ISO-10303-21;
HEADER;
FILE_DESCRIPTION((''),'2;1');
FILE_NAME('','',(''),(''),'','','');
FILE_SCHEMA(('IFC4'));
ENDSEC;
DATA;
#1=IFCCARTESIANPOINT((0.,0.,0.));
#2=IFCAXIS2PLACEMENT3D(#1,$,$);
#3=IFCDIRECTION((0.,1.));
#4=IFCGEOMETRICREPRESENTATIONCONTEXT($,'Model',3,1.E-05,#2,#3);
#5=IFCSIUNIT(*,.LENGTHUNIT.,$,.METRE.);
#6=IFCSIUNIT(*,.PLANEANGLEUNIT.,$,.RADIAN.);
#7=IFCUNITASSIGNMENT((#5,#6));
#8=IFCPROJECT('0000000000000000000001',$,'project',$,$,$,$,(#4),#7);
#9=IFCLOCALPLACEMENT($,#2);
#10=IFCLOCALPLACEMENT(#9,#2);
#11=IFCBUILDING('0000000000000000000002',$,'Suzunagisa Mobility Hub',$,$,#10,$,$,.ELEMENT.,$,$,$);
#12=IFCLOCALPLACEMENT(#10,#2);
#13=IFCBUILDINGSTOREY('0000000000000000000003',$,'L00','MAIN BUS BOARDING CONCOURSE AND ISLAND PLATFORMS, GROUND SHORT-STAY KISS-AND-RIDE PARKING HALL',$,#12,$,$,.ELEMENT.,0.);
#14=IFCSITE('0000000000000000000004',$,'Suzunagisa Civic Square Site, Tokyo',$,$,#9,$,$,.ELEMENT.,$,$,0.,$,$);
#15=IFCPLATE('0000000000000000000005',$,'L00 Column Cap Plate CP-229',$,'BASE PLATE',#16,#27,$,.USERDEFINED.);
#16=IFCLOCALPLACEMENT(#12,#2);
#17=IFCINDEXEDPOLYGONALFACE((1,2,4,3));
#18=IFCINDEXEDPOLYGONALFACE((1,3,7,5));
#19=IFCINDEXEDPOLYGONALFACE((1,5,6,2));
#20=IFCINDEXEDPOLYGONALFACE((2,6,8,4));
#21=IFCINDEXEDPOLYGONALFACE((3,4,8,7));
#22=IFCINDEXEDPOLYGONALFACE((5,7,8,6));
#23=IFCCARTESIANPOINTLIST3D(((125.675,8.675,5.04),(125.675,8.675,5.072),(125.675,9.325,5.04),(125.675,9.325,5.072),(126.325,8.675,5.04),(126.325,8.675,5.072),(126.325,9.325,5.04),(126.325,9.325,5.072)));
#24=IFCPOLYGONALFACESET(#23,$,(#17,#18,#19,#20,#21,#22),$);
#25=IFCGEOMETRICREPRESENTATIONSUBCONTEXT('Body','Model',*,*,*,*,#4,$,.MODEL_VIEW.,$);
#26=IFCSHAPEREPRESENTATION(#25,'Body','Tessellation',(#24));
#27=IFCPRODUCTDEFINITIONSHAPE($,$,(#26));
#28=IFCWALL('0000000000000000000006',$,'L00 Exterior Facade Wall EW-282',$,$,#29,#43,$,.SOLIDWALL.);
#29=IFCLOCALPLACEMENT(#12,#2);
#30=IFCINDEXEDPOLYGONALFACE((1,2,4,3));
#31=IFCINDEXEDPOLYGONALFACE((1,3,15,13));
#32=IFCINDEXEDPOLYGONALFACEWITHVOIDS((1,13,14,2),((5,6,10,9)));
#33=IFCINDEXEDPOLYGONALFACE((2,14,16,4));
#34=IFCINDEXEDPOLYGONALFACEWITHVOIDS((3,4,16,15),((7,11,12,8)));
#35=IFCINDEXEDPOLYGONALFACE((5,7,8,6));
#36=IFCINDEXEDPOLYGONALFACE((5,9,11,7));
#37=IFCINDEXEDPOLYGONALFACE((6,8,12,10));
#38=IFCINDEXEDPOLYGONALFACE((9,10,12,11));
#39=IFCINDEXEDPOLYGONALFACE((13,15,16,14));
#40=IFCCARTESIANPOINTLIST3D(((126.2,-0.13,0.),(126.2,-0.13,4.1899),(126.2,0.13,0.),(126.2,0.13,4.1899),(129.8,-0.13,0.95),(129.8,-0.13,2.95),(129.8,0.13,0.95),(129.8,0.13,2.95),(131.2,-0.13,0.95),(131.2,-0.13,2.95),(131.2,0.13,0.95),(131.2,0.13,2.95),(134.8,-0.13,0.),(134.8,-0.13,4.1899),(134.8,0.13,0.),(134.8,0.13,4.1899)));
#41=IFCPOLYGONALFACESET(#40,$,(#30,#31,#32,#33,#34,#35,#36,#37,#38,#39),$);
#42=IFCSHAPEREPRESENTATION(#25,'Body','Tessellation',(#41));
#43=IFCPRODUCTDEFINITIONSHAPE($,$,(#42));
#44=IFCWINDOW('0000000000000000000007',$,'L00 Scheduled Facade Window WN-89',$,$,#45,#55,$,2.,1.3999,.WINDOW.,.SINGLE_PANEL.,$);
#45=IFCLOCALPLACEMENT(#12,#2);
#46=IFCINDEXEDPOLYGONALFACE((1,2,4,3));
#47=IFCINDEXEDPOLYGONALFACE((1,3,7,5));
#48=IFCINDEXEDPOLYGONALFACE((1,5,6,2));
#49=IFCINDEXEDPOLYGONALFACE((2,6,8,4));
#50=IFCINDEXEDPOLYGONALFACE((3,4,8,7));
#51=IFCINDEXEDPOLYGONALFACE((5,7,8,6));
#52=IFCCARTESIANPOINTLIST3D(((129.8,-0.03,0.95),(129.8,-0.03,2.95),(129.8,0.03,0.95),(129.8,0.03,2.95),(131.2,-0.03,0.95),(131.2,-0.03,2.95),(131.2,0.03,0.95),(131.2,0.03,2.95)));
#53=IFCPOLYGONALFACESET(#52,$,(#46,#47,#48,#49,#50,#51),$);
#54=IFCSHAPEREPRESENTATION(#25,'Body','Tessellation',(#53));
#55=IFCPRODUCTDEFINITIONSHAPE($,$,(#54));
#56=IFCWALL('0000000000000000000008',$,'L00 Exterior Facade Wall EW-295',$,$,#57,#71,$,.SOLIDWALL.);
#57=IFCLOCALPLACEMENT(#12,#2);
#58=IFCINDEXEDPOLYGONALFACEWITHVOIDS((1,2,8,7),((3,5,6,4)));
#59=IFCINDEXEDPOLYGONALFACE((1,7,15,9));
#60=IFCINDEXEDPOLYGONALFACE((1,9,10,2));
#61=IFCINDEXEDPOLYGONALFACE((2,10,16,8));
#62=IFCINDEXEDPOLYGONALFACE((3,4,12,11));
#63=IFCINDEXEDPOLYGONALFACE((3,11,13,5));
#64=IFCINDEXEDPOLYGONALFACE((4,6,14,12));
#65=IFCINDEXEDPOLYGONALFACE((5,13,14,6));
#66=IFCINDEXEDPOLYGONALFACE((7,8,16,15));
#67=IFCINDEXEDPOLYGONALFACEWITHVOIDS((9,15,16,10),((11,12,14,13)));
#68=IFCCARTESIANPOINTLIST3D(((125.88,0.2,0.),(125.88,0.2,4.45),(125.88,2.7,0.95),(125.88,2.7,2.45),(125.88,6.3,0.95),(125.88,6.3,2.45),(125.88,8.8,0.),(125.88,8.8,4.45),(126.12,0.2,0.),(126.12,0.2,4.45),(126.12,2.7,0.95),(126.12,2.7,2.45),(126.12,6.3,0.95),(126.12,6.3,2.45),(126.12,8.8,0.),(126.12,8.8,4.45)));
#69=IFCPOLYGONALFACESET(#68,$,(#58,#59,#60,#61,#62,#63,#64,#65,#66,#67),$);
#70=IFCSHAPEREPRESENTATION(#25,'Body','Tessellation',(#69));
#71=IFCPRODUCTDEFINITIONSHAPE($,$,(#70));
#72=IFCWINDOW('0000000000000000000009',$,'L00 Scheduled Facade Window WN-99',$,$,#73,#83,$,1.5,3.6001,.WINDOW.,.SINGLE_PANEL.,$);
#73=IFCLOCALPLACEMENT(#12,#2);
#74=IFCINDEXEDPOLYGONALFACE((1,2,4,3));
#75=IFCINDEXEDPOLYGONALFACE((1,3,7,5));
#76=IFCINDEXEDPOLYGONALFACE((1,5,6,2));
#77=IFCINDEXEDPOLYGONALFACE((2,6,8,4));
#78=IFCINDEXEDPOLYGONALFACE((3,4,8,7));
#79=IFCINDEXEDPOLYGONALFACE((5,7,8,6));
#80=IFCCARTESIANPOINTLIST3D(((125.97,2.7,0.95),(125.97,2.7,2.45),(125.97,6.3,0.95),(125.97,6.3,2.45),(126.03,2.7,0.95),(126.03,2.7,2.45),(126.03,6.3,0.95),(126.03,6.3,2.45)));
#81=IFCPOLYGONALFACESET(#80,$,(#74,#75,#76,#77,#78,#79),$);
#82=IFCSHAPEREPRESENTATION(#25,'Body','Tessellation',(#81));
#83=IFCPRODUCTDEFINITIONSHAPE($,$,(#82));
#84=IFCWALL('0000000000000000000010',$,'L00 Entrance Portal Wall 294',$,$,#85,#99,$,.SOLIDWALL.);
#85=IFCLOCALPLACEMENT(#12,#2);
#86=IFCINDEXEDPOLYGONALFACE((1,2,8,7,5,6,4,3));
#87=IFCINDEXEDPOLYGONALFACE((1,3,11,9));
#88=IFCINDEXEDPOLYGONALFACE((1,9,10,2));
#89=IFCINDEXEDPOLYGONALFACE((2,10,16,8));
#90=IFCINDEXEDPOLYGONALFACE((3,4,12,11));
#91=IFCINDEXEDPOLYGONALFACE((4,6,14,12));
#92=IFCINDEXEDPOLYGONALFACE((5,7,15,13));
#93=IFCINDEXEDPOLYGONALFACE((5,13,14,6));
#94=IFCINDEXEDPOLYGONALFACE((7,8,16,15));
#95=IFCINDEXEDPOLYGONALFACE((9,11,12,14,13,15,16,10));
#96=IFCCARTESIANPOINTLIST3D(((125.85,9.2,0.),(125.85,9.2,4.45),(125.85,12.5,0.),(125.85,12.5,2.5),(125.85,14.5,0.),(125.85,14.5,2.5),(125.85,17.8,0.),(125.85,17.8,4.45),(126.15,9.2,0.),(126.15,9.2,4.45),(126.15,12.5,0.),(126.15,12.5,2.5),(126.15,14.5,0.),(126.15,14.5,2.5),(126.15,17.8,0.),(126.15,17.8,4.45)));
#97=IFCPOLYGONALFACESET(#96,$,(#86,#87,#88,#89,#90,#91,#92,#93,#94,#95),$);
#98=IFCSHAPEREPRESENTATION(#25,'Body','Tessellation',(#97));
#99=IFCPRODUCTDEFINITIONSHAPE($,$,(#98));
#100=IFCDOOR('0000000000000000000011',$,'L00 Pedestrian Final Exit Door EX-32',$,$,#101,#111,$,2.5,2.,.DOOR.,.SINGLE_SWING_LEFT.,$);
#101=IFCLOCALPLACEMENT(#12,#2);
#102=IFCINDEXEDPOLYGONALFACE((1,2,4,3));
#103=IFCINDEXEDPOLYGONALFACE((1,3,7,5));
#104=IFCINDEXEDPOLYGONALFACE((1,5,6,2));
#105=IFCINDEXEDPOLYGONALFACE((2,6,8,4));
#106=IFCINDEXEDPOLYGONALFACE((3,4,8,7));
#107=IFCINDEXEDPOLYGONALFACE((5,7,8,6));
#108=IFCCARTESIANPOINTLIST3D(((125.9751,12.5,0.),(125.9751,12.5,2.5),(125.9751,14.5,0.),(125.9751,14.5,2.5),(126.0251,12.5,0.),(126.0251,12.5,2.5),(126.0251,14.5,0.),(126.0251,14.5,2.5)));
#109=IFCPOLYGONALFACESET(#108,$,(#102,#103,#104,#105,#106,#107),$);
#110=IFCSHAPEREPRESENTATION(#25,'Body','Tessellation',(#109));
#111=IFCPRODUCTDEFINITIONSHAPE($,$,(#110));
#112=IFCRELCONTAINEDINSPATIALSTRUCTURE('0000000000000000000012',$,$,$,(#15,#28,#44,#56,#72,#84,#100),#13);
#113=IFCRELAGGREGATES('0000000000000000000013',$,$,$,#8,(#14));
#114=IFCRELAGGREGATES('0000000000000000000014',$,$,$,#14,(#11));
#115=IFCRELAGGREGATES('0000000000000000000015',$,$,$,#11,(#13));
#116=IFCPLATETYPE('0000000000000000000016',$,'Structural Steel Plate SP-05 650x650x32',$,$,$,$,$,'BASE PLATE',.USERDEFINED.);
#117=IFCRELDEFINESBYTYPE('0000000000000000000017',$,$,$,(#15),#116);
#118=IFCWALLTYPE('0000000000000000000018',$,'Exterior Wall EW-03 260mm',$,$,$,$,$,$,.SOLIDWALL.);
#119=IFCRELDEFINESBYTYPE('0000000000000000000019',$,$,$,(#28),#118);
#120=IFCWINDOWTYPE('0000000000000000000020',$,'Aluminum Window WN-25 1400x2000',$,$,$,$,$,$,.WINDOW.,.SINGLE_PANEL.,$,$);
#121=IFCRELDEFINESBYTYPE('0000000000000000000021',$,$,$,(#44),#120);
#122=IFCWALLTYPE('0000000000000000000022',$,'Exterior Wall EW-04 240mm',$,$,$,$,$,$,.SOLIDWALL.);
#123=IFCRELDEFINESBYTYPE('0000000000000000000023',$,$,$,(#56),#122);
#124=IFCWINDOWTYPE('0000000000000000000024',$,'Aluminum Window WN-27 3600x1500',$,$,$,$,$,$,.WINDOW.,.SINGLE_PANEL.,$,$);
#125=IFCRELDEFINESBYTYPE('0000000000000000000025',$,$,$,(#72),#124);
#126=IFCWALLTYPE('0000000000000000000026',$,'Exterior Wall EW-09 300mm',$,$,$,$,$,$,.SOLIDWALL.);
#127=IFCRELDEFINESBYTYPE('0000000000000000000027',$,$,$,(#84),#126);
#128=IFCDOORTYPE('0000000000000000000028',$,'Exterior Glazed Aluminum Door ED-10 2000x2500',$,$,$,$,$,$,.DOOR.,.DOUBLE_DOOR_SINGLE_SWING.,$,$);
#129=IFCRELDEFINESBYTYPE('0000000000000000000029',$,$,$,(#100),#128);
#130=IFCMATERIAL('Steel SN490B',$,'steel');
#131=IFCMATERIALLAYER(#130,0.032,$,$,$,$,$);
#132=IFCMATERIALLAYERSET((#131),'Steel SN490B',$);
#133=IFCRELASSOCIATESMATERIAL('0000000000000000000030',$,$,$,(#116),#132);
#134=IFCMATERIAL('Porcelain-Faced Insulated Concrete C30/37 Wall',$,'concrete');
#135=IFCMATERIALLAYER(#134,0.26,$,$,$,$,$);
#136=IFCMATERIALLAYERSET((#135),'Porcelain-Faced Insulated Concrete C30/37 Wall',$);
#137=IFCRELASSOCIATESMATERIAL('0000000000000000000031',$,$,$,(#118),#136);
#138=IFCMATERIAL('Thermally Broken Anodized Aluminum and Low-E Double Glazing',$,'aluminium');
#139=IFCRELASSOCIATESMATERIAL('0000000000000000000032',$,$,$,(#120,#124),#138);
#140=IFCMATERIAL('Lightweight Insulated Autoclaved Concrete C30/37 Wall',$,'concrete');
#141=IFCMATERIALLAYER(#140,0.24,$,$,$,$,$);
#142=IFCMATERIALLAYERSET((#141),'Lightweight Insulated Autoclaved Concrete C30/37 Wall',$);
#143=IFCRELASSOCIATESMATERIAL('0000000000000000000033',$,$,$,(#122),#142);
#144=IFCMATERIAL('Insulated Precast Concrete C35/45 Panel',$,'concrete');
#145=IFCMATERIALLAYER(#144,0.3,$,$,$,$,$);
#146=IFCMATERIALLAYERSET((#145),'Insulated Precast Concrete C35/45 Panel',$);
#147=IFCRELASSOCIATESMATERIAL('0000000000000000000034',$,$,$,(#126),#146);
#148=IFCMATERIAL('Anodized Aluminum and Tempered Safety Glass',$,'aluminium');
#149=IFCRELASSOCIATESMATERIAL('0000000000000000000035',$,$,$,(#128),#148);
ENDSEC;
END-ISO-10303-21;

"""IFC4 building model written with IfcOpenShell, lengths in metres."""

from ifc_helpers import new_model, si_unit, direction, frame, frame_2d, origin, origin_2d, place, context, subcontext, project, spatial, rectangle, extrude, material, layer, layer_set, type_object, element, fill, save


model = new_model("IFC4")

# Units and contexts
model_context = context("Model", 3, precision=1e-05, world=origin(), true_north=direction((0.0, 1.0)))
body_context = subcontext(model_context, "Body", "Model", "MODEL_VIEW")
ifc_project = project(units=[si_unit("LENGTHUNIT", "METRE"), si_unit("PLANEANGLEUNIT", "RADIAN")], contexts=[model_context])

# Site, building, storey
site_placement = place(None, origin())
site = spatial("IfcSite", under=ifc_project, at=site_placement, Name="Suzunagisa Civic Square Site, Tokyo", CompositionType="ELEMENT", RefElevation=0.0)
building_placement = place(site_placement, origin())
building = spatial("IfcBuilding", under=site, at=building_placement, Name="Suzunagisa Mobility Hub", CompositionType="ELEMENT")
storey_placement = place(building_placement, origin())
storey = spatial("IfcBuildingStorey", under=building, at=storey_placement, Name="L00", Description="MAIN BUS BOARDING CONCOURSE AND ISLAND PLATFORMS, GROUND SHORT-STAY KISS-AND-RIDE PARKING HALL", CompositionType="ELEMENT", Elevation=0.0)

# Shared definitions
ifc_material_1 = material(Name="Steel SN490B", Category="steel")

# Plate
ifc_layer_1 = layer(ifc_material_1, 0.032)
ifc_layer_set_1 = layer_set([ifc_layer_1], Name="Steel SN490B")
plate_type = type_object("IfcPlateType", Name="Structural Steel Plate SP-05 650x650x32", ElementType="BASE PLATE", PredefinedType="USERDEFINED", material=ifc_layer_set_1)
plate_placement = place(storey_placement, frame((126.0, 9.0, 5.04), z_axis=(0.0, 0.0, 1.0), x_axis=(1.0, 0.0, 0.0)))
element("IfcPlate", 1, at=plate_placement, inside=storey, type_object=plate_type, Name="L00 Column Cap Plate CP-229", ObjectType="BASE PLATE", PredefinedType="USERDEFINED", context=body_context, shape_type="SweptSolid", body=[
    extrude(rectangle(XDim=0.6499, YDim=0.6499, at=origin_2d()), origin(), (0.0, 0.0, 1.0), 0.032),
])

# Walls, openings, windows
ifc_material_2 = material(Name="Porcelain-Faced Insulated Concrete C30/37 Wall", Category="concrete")
ifc_layer_2 = layer(ifc_material_2, 0.26)
ifc_layer_set_2 = layer_set([ifc_layer_2], Name="Porcelain-Faced Insulated Concrete C30/37 Wall")
wall_type_1 = type_object("IfcWallType", Name="Exterior Wall EW-03 260mm", PredefinedType="SOLIDWALL", material=ifc_layer_set_2)
wall_1_placement = place(storey_placement, frame((126.2, 0.0, 0.0), z_axis=(0.0, 0.0, 1.0), x_axis=(1.0, 0.0, 0.0)))
wall_1 = element("IfcWall", 2, at=wall_1_placement, inside=storey, type_object=wall_type_1, Name="L00 Exterior Facade Wall EW-282", PredefinedType="SOLIDWALL", context=body_context, shape_type="SweptSolid", body=[
    extrude(rectangle(XDim=8.6001, YDim=0.26, at=frame_2d((4.3, 0.0))), origin(), (0.0, 0.0, 1.0), 4.1899),
])
opening_1_placement = place(wall_1_placement, frame((3.6001, 0.0, 0.95)))
opening_1 = element("IfcOpeningElement", 3, at=opening_1_placement, cuts=wall_1, PredefinedType="OPENING", context=body_context, shape_type="SweptSolid", body=[
    extrude(rectangle(XDim=1.3999, YDim=2.0, at=frame_2d((0.7, 1.0))), frame((0.0, 0.1411, 0.0), z_axis=(0.0, -1.0, 0.0), x_axis=(1.0, 0.0, 0.0)), (0.0, 0.0, 1.0), 0.282),
])
ifc_material_3 = material(Name="Thermally Broken Anodized Aluminum and Low-E Double Glazing", Category="aluminium")
window_type_1 = type_object("IfcWindowType", Name="Aluminum Window WN-25 1400x2000", PartitioningType="SINGLE_PANEL", PredefinedType="WINDOW", material=ifc_material_3)
window_1_placement = place(opening_1_placement, origin())
window_1 = element("IfcWindow", 4, at=window_1_placement, inside=storey, type_object=window_type_1, Name="L00 Scheduled Facade Window WN-89", OverallHeight=2.0, OverallWidth=1.3999, PartitioningType="SINGLE_PANEL", PredefinedType="WINDOW", context=body_context, shape_type="SweptSolid", body=[
    extrude(rectangle(XDim=1.3999, YDim=2.0, at=frame_2d((0.7, 1.0))), frame((0.0, 0.03, 0.0), z_axis=(0.0, -1.0, 0.0), x_axis=(1.0, 0.0, 0.0)), (0.0, 0.0, 1.0), 0.0601),
])
fill(opening_1, window_1)
ifc_material_4 = material(Name="Lightweight Insulated Autoclaved Concrete C30/37 Wall", Category="concrete")
ifc_layer_3 = layer(ifc_material_4, 0.24)
ifc_layer_set_3 = layer_set([ifc_layer_3], Name="Lightweight Insulated Autoclaved Concrete C30/37 Wall")
wall_type_2 = type_object("IfcWallType", Name="Exterior Wall EW-04 240mm", PredefinedType="SOLIDWALL", material=ifc_layer_set_3)
wall_2_placement = place(storey_placement, frame((126.0, 8.8, 0.0), z_axis=(0.0, 0.0, 1.0), x_axis=(0.0, -1.0, 0.0)))
wall_2 = element("IfcWall", 5, at=wall_2_placement, inside=storey, type_object=wall_type_2, Name="L00 Exterior Facade Wall EW-295", PredefinedType="SOLIDWALL", context=body_context, shape_type="SweptSolid", body=[
    extrude(rectangle(XDim=8.6001, YDim=0.24, at=frame_2d((4.3, 0.0))), origin(), (0.0, 0.0, 1.0), 4.45),
])
opening_2_placement = place(wall_2_placement, frame((2.5, 0.0, 0.95)))
opening_2 = element("IfcOpeningElement", 6, at=opening_2_placement, cuts=wall_2, PredefinedType="OPENING", context=body_context, shape_type="SweptSolid", body=[
    extrude(rectangle(XDim=3.6001, YDim=1.5, at=frame_2d((1.8, 0.75))), frame((0.0, 0.1309, 0.0), z_axis=(0.0, -1.0, 0.0), x_axis=(1.0, 0.0, 0.0)), (0.0, 0.0, 1.0), 0.262),
])
window_type_2 = type_object("IfcWindowType", Name="Aluminum Window WN-27 3600x1500", PartitioningType="SINGLE_PANEL", PredefinedType="WINDOW", material=ifc_material_3)
window_2_placement = place(opening_2_placement, origin())
window_2 = element("IfcWindow", 7, at=window_2_placement, inside=storey, type_object=window_type_2, Name="L00 Scheduled Facade Window WN-99", OverallHeight=1.5, OverallWidth=3.6001, PartitioningType="SINGLE_PANEL", PredefinedType="WINDOW", context=body_context, shape_type="SweptSolid", body=[
    extrude(rectangle(XDim=3.6001, YDim=1.5, at=frame_2d((1.8, 0.75))), frame((0.0, 0.03, 0.0), z_axis=(0.0, -1.0, 0.0), x_axis=(1.0, 0.0, 0.0)), (0.0, 0.0, 1.0), 0.0601),
])
fill(opening_2, window_2)

# Wall, opening, door
ifc_material_5 = material(Name="Insulated Precast Concrete C35/45 Panel", Category="concrete")
ifc_layer_4 = layer(ifc_material_5, 0.3)
ifc_layer_set_4 = layer_set([ifc_layer_4], Name="Insulated Precast Concrete C35/45 Panel")
wall_type_3 = type_object("IfcWallType", Name="Exterior Wall EW-09 300mm", PredefinedType="SOLIDWALL", material=ifc_layer_set_4)
wall_3_placement = place(storey_placement, frame((126.0, 17.8, 0.0), z_axis=(0.0, 0.0, 1.0), x_axis=(0.0, -1.0, 0.0)))
wall_3 = element("IfcWall", 8, at=wall_3_placement, inside=storey, type_object=wall_type_3, Name="L00 Entrance Portal Wall 294", PredefinedType="SOLIDWALL", context=body_context, shape_type="SweptSolid", body=[
    extrude(rectangle(XDim=8.6001, YDim=0.3, at=frame_2d((4.3, 0.0))), origin(), (0.0, 0.0, 1.0), 4.45),
])
opening_3_placement = place(wall_3_placement, frame((5.3, 0.0, 0.0), z_axis=(0.0, 0.0, 1.0), x_axis=(-1.0, 0.0, 0.0)))
opening_3 = element("IfcOpeningElement", 9, at=opening_3_placement, cuts=wall_3, PredefinedType="OPENING", context=body_context, shape_type="SweptSolid", body=[
    extrude(rectangle(XDim=2.0, YDim=2.5, at=frame_2d((1.0, 1.25))), frame((0.0, 0.1611, 0.0), z_axis=(0.0, -1.0, 0.0), x_axis=(1.0, 0.0, 0.0)), (0.0, 0.0, 1.0), 0.322),
])
ifc_material_6 = material(Name="Anodized Aluminum and Tempered Safety Glass", Category="aluminium")
door_type = type_object("IfcDoorType", Name="Exterior Glazed Aluminum Door ED-10 2000x2500", OperationType="DOUBLE_DOOR_SINGLE_SWING", PredefinedType="DOOR", material=ifc_material_6)
door_placement = place(opening_3_placement, origin())
door = element("IfcDoor", 10, at=door_placement, inside=storey, type_object=door_type, Name="L00 Pedestrian Final Exit Door EX-32", OperationType="SINGLE_SWING_LEFT", OverallHeight=2.5, OverallWidth=2.0, PredefinedType="DOOR", context=body_context, shape_type="SweptSolid", body=[
    extrude(rectangle(XDim=2.0, YDim=2.5, at=frame_2d((1.0, 1.25))), frame((0.0, 0.0249, 0.0), z_axis=(0.0, -1.0, 0.0), x_axis=(1.0, 0.0, 0.0)), (0.0, 0.0, 1.0), 0.05),
])
fill(opening_3, door)

save(model, "model.ifc")
